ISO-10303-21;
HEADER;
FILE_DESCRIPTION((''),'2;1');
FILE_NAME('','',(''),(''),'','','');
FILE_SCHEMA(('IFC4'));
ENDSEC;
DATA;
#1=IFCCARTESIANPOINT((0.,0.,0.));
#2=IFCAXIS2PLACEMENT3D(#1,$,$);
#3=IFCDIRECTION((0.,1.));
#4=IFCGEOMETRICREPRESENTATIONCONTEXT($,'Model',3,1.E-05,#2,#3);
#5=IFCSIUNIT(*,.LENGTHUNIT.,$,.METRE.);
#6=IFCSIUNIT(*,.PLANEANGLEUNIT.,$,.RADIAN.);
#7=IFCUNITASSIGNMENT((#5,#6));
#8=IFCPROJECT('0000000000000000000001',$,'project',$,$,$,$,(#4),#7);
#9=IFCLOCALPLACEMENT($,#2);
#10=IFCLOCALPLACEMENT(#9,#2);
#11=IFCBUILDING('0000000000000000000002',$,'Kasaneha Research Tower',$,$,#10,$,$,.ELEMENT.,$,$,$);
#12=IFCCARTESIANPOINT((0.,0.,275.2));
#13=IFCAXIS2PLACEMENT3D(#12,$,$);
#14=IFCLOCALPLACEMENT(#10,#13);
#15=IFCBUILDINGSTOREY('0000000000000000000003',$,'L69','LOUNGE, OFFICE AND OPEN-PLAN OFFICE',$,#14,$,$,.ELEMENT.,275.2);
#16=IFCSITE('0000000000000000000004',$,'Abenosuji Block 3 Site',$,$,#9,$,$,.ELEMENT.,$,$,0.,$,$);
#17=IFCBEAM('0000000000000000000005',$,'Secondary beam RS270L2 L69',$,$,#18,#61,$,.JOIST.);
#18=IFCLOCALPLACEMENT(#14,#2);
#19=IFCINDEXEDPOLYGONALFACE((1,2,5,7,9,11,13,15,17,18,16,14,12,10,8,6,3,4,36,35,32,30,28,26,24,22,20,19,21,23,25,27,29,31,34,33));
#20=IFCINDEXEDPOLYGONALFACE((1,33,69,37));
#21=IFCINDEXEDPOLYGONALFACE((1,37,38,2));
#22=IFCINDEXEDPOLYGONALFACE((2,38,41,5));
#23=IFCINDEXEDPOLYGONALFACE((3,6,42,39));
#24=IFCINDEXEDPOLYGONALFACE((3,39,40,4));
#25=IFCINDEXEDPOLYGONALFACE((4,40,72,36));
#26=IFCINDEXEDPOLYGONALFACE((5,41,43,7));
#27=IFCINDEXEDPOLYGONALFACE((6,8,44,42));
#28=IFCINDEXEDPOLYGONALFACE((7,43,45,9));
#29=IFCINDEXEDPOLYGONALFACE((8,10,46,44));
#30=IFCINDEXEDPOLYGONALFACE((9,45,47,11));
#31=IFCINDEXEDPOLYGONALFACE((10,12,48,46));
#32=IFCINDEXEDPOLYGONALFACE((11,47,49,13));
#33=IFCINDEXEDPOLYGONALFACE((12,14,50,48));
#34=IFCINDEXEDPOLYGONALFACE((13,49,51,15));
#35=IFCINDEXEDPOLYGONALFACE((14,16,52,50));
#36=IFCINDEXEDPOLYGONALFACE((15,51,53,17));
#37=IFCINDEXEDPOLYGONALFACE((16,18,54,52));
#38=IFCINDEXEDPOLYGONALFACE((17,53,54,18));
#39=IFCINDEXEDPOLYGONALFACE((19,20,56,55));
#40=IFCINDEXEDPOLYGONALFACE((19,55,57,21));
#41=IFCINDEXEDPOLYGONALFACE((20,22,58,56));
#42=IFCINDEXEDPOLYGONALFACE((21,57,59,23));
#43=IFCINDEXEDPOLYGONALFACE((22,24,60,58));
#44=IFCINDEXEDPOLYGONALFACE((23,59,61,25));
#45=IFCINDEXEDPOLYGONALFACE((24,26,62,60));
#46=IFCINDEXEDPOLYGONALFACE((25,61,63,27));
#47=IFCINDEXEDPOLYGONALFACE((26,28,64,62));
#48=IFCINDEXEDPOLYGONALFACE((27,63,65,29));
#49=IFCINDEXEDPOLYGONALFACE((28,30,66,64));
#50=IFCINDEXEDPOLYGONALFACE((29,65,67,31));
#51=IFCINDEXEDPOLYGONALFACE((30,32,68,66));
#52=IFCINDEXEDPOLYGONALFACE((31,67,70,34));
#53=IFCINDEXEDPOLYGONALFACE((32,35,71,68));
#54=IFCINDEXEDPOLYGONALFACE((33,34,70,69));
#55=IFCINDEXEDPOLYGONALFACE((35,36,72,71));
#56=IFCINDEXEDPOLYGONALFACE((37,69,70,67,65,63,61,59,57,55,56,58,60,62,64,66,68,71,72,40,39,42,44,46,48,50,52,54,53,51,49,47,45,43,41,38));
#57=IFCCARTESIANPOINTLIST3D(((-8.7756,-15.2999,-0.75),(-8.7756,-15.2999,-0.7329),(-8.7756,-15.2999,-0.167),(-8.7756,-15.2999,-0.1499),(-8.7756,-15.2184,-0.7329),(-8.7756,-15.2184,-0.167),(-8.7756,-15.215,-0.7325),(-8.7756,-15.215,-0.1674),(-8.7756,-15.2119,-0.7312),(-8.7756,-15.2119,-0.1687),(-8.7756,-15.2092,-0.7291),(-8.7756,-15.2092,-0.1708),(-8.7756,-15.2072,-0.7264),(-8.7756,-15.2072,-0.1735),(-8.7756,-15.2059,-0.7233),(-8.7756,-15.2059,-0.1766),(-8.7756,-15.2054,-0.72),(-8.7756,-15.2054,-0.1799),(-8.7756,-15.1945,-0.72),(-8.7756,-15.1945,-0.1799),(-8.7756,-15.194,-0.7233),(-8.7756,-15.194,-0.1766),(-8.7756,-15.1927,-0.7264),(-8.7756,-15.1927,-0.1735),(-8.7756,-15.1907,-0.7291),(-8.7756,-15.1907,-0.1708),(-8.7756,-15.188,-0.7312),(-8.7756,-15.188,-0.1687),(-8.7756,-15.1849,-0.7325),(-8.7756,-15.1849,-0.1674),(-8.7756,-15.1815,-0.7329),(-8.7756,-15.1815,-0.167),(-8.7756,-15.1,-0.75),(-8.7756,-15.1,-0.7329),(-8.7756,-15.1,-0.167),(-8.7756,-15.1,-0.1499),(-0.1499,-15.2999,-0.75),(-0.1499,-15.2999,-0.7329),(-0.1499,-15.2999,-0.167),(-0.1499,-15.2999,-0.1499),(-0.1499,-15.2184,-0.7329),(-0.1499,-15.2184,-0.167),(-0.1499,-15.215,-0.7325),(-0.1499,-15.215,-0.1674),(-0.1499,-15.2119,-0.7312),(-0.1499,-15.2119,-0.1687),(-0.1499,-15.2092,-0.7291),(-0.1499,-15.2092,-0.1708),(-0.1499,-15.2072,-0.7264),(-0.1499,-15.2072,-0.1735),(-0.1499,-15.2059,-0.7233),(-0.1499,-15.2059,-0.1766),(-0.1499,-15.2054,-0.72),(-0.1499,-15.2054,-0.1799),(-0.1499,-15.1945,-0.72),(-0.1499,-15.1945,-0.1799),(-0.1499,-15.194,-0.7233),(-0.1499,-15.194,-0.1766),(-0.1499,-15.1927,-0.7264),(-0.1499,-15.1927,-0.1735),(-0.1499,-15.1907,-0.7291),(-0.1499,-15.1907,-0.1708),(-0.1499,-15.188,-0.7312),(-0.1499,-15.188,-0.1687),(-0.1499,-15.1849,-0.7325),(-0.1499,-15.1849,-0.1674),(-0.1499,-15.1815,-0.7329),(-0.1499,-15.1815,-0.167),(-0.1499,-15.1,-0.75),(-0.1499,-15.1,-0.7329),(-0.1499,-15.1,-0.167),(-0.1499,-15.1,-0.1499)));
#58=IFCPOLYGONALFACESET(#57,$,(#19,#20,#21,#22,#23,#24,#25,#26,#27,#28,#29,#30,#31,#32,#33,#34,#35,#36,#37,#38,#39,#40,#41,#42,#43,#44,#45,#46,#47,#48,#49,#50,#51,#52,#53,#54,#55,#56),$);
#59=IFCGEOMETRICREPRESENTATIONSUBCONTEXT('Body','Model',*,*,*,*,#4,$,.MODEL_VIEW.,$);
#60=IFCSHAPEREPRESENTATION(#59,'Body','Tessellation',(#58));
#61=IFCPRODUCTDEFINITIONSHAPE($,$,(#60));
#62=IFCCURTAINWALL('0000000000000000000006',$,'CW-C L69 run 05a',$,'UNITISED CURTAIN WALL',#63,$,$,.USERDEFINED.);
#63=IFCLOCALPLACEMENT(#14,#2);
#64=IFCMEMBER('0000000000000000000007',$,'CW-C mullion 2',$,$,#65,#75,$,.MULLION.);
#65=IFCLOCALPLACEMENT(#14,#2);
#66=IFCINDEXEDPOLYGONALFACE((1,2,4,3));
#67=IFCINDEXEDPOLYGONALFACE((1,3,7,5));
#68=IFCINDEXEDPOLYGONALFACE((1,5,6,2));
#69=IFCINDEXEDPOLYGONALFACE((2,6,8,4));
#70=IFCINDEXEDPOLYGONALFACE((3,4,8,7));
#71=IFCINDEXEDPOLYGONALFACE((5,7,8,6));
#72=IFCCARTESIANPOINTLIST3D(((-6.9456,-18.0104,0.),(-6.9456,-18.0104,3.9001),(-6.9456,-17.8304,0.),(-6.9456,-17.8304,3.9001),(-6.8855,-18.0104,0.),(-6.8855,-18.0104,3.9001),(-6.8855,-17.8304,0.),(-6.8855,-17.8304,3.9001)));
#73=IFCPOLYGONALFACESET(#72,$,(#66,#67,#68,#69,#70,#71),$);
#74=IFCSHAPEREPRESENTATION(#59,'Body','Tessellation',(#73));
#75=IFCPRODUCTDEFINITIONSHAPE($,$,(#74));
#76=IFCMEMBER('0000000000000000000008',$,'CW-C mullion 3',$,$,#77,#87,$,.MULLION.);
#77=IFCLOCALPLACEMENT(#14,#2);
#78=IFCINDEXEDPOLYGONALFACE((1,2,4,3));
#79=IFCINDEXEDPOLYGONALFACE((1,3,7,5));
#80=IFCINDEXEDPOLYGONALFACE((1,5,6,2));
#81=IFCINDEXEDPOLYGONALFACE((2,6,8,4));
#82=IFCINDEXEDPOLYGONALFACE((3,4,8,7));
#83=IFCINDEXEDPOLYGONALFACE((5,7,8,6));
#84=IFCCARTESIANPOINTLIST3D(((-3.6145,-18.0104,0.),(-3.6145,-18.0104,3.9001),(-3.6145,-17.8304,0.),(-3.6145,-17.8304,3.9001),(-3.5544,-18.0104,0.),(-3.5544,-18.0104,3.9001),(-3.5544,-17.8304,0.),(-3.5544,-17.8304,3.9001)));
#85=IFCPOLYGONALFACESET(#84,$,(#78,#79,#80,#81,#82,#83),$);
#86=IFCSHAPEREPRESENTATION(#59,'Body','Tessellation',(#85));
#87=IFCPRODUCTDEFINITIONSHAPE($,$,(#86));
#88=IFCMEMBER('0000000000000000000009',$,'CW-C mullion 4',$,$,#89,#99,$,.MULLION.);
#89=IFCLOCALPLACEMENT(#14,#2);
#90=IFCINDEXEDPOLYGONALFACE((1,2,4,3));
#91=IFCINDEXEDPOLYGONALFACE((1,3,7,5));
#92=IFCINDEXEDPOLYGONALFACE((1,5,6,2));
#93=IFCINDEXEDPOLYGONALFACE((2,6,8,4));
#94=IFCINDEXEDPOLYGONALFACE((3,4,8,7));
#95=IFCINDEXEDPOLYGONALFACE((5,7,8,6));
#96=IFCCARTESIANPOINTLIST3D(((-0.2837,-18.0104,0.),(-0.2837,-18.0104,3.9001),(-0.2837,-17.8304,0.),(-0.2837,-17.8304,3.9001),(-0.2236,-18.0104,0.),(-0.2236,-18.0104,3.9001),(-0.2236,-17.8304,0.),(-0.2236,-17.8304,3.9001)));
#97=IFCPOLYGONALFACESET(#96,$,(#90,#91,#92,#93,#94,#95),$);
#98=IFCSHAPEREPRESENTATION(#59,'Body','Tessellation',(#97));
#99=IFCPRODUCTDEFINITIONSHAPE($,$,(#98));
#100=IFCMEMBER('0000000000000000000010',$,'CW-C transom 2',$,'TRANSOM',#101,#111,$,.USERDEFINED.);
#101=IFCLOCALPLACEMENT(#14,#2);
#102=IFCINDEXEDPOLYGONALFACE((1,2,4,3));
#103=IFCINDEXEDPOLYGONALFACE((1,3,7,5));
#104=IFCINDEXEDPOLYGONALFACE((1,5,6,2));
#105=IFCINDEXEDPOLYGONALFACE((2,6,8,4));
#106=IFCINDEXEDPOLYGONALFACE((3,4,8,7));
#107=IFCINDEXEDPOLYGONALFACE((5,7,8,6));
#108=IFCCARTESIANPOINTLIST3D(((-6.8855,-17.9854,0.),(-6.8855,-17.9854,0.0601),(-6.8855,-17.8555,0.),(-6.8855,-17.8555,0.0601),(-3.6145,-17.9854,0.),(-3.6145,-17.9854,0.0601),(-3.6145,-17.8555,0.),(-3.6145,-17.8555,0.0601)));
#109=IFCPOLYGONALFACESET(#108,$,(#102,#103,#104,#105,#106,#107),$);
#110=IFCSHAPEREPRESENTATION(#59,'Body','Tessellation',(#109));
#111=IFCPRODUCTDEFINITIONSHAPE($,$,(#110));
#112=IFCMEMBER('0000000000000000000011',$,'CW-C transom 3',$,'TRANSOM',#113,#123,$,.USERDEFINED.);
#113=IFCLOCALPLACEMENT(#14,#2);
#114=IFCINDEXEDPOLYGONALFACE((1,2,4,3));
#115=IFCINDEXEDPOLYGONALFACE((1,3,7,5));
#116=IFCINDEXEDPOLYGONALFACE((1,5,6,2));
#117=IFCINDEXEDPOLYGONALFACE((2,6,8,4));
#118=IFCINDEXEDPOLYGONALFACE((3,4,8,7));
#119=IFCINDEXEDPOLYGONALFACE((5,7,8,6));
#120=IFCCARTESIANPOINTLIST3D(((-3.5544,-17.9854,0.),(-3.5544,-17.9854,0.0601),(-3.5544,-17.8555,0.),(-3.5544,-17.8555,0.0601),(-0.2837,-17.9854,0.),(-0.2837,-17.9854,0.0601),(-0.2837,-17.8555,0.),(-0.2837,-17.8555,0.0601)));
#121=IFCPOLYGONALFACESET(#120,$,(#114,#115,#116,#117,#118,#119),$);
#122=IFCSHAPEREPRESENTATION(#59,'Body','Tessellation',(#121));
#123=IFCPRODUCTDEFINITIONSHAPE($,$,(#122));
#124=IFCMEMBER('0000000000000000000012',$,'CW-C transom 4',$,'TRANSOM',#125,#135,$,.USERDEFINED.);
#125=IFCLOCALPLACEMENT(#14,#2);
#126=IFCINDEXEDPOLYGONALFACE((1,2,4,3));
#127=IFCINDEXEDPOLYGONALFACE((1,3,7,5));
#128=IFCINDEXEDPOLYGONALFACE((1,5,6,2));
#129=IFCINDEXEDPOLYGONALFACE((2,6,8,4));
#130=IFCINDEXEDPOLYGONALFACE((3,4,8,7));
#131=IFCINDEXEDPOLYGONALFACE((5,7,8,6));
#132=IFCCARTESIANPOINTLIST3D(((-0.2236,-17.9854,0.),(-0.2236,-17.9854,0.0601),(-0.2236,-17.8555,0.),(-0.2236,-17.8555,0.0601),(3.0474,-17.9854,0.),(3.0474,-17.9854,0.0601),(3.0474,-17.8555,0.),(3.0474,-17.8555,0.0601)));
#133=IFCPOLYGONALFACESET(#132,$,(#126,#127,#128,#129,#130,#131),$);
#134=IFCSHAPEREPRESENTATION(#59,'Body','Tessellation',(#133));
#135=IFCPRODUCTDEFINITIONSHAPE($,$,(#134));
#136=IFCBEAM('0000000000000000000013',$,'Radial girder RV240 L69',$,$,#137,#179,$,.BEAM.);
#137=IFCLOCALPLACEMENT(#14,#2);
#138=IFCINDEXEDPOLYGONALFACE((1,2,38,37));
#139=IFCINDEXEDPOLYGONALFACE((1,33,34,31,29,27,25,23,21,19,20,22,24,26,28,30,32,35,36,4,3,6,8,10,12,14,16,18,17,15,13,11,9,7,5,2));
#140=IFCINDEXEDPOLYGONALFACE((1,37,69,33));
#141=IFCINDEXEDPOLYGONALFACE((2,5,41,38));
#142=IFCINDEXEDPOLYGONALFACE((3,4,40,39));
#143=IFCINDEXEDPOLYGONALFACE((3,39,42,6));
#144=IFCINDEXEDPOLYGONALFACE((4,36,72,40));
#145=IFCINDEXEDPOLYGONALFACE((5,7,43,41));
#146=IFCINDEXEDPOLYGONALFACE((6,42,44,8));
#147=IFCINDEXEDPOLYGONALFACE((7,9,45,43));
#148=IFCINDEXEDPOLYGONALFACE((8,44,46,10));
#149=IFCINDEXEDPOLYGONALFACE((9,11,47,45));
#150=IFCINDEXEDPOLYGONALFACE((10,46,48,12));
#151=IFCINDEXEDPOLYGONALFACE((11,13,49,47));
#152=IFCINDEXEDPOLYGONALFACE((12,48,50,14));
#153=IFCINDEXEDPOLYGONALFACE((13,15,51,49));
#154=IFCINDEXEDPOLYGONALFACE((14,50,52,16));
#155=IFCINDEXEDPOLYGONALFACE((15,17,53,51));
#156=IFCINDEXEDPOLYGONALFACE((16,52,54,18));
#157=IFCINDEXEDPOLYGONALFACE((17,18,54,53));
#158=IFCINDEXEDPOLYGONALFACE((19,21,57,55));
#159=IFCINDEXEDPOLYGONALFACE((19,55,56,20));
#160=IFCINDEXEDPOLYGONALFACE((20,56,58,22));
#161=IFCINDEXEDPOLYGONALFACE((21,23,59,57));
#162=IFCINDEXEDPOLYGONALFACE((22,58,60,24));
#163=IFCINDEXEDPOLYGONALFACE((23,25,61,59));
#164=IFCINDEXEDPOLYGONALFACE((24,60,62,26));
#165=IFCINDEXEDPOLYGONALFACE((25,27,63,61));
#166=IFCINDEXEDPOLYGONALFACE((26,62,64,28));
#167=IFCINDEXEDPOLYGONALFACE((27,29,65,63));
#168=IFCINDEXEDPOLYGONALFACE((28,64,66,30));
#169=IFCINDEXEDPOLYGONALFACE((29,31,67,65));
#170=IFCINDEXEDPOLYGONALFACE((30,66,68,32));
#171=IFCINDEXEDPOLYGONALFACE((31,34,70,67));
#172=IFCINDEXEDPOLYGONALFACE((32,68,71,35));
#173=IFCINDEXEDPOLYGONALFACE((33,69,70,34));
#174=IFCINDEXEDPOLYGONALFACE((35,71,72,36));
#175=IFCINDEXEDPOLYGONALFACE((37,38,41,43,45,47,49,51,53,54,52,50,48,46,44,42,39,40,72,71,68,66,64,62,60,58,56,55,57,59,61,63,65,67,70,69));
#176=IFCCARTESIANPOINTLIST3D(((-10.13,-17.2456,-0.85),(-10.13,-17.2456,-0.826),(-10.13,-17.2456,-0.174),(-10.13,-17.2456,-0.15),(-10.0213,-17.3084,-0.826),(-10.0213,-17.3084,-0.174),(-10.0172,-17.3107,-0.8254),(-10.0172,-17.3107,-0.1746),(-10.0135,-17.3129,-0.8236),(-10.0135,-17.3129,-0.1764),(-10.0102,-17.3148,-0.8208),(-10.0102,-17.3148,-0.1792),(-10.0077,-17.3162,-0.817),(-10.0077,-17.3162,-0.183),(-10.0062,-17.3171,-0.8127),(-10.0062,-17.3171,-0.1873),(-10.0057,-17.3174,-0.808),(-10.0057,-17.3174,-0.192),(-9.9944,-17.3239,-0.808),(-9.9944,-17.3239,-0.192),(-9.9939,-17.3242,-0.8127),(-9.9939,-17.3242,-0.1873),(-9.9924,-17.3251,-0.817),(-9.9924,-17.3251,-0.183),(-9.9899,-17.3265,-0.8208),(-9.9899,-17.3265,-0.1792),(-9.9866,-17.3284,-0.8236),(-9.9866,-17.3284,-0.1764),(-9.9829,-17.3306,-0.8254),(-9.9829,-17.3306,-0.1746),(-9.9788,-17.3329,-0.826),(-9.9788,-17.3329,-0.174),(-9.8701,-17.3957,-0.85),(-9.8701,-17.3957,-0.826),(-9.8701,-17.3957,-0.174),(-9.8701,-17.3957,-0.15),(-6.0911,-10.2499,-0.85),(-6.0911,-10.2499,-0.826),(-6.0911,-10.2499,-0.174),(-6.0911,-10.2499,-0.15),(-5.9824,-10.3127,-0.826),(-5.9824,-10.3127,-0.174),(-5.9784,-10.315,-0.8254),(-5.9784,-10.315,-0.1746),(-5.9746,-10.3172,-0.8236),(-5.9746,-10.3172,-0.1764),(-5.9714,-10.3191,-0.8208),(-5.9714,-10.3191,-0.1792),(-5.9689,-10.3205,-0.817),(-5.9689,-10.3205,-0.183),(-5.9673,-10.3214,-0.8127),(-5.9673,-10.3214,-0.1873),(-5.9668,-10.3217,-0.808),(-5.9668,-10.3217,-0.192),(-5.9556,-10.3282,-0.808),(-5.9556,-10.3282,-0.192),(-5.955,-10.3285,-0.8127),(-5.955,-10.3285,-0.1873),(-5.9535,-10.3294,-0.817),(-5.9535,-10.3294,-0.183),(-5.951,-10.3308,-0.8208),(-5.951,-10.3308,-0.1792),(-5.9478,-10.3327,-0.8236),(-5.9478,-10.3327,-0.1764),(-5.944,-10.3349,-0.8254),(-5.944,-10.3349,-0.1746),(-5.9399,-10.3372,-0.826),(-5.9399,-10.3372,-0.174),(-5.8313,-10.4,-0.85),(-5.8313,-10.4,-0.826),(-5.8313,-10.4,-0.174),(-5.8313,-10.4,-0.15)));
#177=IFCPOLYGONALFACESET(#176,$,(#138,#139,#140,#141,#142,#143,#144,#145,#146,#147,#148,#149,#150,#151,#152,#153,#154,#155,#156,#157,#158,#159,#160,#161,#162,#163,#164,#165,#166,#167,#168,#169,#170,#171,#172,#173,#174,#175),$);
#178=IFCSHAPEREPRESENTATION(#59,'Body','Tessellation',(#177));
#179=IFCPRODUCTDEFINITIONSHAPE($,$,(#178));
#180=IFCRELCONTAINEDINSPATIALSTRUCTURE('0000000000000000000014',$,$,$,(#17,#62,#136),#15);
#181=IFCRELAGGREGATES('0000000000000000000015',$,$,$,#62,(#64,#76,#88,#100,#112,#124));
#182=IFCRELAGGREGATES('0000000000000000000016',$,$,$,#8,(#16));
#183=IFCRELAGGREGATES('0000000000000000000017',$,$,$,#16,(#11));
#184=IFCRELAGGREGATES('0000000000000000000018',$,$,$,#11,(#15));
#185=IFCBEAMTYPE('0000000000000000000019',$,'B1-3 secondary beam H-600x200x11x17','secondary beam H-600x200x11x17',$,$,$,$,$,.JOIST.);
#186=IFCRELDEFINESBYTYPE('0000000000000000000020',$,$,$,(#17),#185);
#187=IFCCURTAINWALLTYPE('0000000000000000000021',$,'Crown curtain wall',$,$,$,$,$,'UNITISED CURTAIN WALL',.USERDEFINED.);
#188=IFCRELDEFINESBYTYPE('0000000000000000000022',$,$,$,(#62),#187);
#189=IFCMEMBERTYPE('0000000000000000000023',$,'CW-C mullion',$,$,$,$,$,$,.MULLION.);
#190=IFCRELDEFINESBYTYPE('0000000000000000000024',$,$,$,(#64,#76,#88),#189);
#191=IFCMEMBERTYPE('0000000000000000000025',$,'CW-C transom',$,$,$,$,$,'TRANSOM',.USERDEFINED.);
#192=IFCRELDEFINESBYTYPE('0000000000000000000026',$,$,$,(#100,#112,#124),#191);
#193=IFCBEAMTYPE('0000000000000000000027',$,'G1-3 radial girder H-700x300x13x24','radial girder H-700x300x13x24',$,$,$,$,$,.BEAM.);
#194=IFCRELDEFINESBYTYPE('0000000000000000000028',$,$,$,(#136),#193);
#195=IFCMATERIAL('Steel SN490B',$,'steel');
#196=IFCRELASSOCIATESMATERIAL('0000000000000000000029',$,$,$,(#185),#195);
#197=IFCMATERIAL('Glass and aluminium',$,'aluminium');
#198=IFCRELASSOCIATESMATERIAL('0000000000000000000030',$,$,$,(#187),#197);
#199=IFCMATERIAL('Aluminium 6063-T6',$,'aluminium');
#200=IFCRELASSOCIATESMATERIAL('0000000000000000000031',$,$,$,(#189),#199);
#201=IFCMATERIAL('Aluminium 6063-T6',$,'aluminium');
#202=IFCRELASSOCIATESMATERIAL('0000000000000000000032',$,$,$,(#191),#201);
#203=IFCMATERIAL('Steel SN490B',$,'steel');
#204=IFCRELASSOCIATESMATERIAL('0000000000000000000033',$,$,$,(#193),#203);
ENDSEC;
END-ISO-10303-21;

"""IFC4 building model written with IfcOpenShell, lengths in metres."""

from ifc_helpers import new_model, si_unit, direction, frame, origin, origin_2d, place, context, subcontext, project, spatial, rectangle, i_section, extrude, material, material_profile, profile_set, type_object, element, aggregate, save


model = new_model("IFC4")

# Units and contexts
model_context = context("Model", 3, precision=1e-05, world=origin(), true_north=direction((0.0, 1.0)))
body_context = subcontext(model_context, "Body", "Model", "MODEL_VIEW")
ifc_project = project(units=[si_unit("LENGTHUNIT", "METRE"), si_unit("PLANEANGLEUNIT", "RADIAN")], contexts=[model_context])

# Site, building, storey
site_placement = place(None, origin())
site = spatial("IfcSite", under=ifc_project, at=site_placement, Name="Abenosuji Block 3 Site", CompositionType="ELEMENT", RefElevation=0.0)
building_placement = place(site_placement, origin())
building = spatial("IfcBuilding", under=site, at=building_placement, Name="Kasaneha Research Tower", CompositionType="ELEMENT")
storey_placement = place(building_placement, frame((0.0, 0.0, 275.2)))
storey = spatial("IfcBuildingStorey", under=building, at=storey_placement, Name="L69", Description="LOUNGE, OFFICE AND OPEN-PLAN OFFICE", CompositionType="ELEMENT", Elevation=275.2)

# Beam
ifc_material_1 = material(Name="Steel SN490B", Category="steel")
ifc_material_profile_1 = material_profile(ifc_material_1, i_section(OverallWidth=0.2, OverallDepth=0.6001, WebThickness=0.011, FlangeThickness=0.0171, FilletRadius=0.0129, at=origin_2d()), Name="H-600x200x11x17")
ifc_profile_set_1 = profile_set([ifc_material_profile_1], Name="Steel SN490B")
beam_type_1 = type_object("IfcBeamType", Name="B1-3 secondary beam H-600x200x11x17", Description="secondary beam H-600x200x11x17", PredefinedType="JOIST", material=ifc_profile_set_1)
beam_1_placement = place(storey_placement, frame((-8.7756, -15.2, -0.45), z_axis=(1.0, 0.0, 0.0), x_axis=(0.0, 1.0, 0.0)))
element("IfcBeam", 1, at=beam_1_placement, inside=storey, type_object=beam_type_1, Name="Secondary beam RS270L2 L69", PredefinedType="JOIST", context=body_context, shape_type="SweptSolid", body=[
    extrude(i_section(OverallWidth=0.2, OverallDepth=0.6001, WebThickness=0.011, FlangeThickness=0.0171, FilletRadius=0.0129, at=origin_2d()), origin(), (0.0, 0.0, 1.0), 8.6257),
])

# Curtain wall, members
ifc_material_2 = material(Name="Glass and aluminium", Category="aluminium")
curtain_wall_type = type_object("IfcCurtainWallType", Name="Crown curtain wall", ElementType="UNITISED CURTAIN WALL", PredefinedType="USERDEFINED", material=ifc_material_2)
curtain_wall_placement = place(storey_placement, origin())
curtain_wall = element("IfcCurtainWall", 2, at=curtain_wall_placement, inside=storey, type_object=curtain_wall_type, Name="CW-C L69 run 05a", ObjectType="UNITISED CURTAIN WALL", PredefinedType="USERDEFINED")
ifc_material_3 = material(Name="Aluminium 6063-T6", Category="aluminium")
ifc_material_profile_2 = material_profile(ifc_material_3, rectangle(XDim=0.0601, YDim=0.1799, at=origin_2d()), Name="CW-C mullion 60x180")
ifc_profile_set_2 = profile_set([ifc_material_profile_2], Name="Aluminium 6063-T6")
member_type_1 = type_object("IfcMemberType", Name="CW-C mullion", PredefinedType="MULLION", material=ifc_profile_set_2)
member_1_placement = place(storey_placement, frame((-6.9155, -17.9204, 0.0), z_axis=(0.0, 0.0, 1.0), x_axis=(1.0, 0.0, 0.0)))
member_1 = element("IfcMember", 3, at=member_1_placement, type_object=member_type_1, Name="CW-C mullion 2", PredefinedType="MULLION", context=body_context, shape_type="SweptSolid", body=[
    extrude(rectangle(XDim=0.0601, YDim=0.1799, at=origin_2d()), origin(), (0.0, 0.0, 1.0), 3.9001),
])
member_2_placement = place(storey_placement, frame((-3.5845, -17.9204, 0.0), z_axis=(0.0, 0.0, 1.0), x_axis=(1.0, 0.0, 0.0)))
member_2 = element("IfcMember", 4, at=member_2_placement, type_object=member_type_1, Name="CW-C mullion 3", PredefinedType="MULLION", context=body_context, shape_type="SweptSolid", body=[
    extrude(rectangle(XDim=0.0601, YDim=0.1799, at=origin_2d()), origin(), (0.0, 0.0, 1.0), 3.9001),
])
member_3_placement = place(storey_placement, frame((-0.2537, -17.9204, 0.0), z_axis=(0.0, 0.0, 1.0), x_axis=(1.0, 0.0, 0.0)))
member_3 = element("IfcMember", 5, at=member_3_placement, type_object=member_type_1, Name="CW-C mullion 4", PredefinedType="MULLION", context=body_context, shape_type="SweptSolid", body=[
    extrude(rectangle(XDim=0.0601, YDim=0.1799, at=origin_2d()), origin(), (0.0, 0.0, 1.0), 3.9001),
])
ifc_material_4 = material(Name="Aluminium 6063-T6", Category="aluminium")
ifc_material_profile_3 = material_profile(ifc_material_4, rectangle(XDim=0.1299, YDim=0.0601, at=origin_2d()), Name="CW-C transom 130x60")
ifc_profile_set_3 = profile_set([ifc_material_profile_3], Name="Aluminium 6063-T6")
member_type_2 = type_object("IfcMemberType", Name="CW-C transom", ElementType="TRANSOM", PredefinedType="USERDEFINED", material=ifc_profile_set_3)
member_4_placement = place(storey_placement, frame((-6.8855, -17.9204, 0.03), z_axis=(1.0, 0.0, 0.0), x_axis=(0.0, 1.0, 0.0)))
member_4 = element("IfcMember", 6, at=member_4_placement, type_object=member_type_2, Name="CW-C transom 2", ObjectType="TRANSOM", PredefinedType="USERDEFINED", context=body_context, shape_type="SweptSolid", body=[
    extrude(rectangle(XDim=0.1299, YDim=0.0601, at=origin_2d()), origin(), (0.0, 0.0, 1.0), 3.271),
])
member_5_placement = place(storey_placement, frame((-3.5544, -17.9204, 0.03), z_axis=(1.0, 0.0, 0.0), x_axis=(0.0, 1.0, 0.0)))
member_5 = element("IfcMember", 7, at=member_5_placement, type_object=member_type_2, Name="CW-C transom 3", ObjectType="TRANSOM", PredefinedType="USERDEFINED", context=body_context, shape_type="SweptSolid", body=[
    extrude(rectangle(XDim=0.1299, YDim=0.0601, at=origin_2d()), origin(), (0.0, 0.0, 1.0), 3.2708),
])
member_6_placement = place(storey_placement, frame((-0.2236, -17.9204, 0.03), z_axis=(1.0, 0.0, 0.0), x_axis=(0.0, 1.0, 0.0)))
member_6 = element("IfcMember", 8, at=member_6_placement, type_object=member_type_2, Name="CW-C transom 4", ObjectType="TRANSOM", PredefinedType="USERDEFINED", context=body_context, shape_type="SweptSolid", body=[
    extrude(rectangle(XDim=0.1299, YDim=0.0601, at=origin_2d()), origin(), (0.0, 0.0, 1.0), 3.271),
])

# Beam
ifc_material_5 = material(Name="Steel SN490B", Category="steel")
ifc_material_profile_4 = material_profile(ifc_material_5, i_section(OverallWidth=0.3, OverallDepth=0.7, WebThickness=0.0129, FlangeThickness=0.0239, FilletRadius=0.0181, at=origin_2d()), Name="H-700x300x13x24")
ifc_profile_set_4 = profile_set([ifc_material_profile_4], Name="Steel SN490B")
beam_type_2 = type_object("IfcBeamType", Name="G1-3 radial girder H-700x300x13x24", Description="radial girder H-700x300x13x24", PredefinedType="BEAM", material=ifc_profile_set_4)
beam_2_placement = place(storey_placement, frame((-5.9612, -10.325, -0.5), z_axis=(-0.499991, -0.866031, 0.0), x_axis=(0.866031, -0.499991, 0.0)))
element("IfcBeam", 9, at=beam_2_placement, inside=storey, type_object=beam_type_2, Name="Radial girder RV240 L69", PredefinedType="BEAM", context=body_context, shape_type="SweptSolid", body=[
    extrude(i_section(OverallWidth=0.3, OverallDepth=0.7, WebThickness=0.0129, FlangeThickness=0.0239, FilletRadius=0.0181, at=origin_2d()), origin(), (0.0, 0.0, 1.0), 8.0779),
])

aggregate(curtain_wall, [member_1, member_2, member_3, member_4, member_5, member_6])

save(model, "model.ifc")
